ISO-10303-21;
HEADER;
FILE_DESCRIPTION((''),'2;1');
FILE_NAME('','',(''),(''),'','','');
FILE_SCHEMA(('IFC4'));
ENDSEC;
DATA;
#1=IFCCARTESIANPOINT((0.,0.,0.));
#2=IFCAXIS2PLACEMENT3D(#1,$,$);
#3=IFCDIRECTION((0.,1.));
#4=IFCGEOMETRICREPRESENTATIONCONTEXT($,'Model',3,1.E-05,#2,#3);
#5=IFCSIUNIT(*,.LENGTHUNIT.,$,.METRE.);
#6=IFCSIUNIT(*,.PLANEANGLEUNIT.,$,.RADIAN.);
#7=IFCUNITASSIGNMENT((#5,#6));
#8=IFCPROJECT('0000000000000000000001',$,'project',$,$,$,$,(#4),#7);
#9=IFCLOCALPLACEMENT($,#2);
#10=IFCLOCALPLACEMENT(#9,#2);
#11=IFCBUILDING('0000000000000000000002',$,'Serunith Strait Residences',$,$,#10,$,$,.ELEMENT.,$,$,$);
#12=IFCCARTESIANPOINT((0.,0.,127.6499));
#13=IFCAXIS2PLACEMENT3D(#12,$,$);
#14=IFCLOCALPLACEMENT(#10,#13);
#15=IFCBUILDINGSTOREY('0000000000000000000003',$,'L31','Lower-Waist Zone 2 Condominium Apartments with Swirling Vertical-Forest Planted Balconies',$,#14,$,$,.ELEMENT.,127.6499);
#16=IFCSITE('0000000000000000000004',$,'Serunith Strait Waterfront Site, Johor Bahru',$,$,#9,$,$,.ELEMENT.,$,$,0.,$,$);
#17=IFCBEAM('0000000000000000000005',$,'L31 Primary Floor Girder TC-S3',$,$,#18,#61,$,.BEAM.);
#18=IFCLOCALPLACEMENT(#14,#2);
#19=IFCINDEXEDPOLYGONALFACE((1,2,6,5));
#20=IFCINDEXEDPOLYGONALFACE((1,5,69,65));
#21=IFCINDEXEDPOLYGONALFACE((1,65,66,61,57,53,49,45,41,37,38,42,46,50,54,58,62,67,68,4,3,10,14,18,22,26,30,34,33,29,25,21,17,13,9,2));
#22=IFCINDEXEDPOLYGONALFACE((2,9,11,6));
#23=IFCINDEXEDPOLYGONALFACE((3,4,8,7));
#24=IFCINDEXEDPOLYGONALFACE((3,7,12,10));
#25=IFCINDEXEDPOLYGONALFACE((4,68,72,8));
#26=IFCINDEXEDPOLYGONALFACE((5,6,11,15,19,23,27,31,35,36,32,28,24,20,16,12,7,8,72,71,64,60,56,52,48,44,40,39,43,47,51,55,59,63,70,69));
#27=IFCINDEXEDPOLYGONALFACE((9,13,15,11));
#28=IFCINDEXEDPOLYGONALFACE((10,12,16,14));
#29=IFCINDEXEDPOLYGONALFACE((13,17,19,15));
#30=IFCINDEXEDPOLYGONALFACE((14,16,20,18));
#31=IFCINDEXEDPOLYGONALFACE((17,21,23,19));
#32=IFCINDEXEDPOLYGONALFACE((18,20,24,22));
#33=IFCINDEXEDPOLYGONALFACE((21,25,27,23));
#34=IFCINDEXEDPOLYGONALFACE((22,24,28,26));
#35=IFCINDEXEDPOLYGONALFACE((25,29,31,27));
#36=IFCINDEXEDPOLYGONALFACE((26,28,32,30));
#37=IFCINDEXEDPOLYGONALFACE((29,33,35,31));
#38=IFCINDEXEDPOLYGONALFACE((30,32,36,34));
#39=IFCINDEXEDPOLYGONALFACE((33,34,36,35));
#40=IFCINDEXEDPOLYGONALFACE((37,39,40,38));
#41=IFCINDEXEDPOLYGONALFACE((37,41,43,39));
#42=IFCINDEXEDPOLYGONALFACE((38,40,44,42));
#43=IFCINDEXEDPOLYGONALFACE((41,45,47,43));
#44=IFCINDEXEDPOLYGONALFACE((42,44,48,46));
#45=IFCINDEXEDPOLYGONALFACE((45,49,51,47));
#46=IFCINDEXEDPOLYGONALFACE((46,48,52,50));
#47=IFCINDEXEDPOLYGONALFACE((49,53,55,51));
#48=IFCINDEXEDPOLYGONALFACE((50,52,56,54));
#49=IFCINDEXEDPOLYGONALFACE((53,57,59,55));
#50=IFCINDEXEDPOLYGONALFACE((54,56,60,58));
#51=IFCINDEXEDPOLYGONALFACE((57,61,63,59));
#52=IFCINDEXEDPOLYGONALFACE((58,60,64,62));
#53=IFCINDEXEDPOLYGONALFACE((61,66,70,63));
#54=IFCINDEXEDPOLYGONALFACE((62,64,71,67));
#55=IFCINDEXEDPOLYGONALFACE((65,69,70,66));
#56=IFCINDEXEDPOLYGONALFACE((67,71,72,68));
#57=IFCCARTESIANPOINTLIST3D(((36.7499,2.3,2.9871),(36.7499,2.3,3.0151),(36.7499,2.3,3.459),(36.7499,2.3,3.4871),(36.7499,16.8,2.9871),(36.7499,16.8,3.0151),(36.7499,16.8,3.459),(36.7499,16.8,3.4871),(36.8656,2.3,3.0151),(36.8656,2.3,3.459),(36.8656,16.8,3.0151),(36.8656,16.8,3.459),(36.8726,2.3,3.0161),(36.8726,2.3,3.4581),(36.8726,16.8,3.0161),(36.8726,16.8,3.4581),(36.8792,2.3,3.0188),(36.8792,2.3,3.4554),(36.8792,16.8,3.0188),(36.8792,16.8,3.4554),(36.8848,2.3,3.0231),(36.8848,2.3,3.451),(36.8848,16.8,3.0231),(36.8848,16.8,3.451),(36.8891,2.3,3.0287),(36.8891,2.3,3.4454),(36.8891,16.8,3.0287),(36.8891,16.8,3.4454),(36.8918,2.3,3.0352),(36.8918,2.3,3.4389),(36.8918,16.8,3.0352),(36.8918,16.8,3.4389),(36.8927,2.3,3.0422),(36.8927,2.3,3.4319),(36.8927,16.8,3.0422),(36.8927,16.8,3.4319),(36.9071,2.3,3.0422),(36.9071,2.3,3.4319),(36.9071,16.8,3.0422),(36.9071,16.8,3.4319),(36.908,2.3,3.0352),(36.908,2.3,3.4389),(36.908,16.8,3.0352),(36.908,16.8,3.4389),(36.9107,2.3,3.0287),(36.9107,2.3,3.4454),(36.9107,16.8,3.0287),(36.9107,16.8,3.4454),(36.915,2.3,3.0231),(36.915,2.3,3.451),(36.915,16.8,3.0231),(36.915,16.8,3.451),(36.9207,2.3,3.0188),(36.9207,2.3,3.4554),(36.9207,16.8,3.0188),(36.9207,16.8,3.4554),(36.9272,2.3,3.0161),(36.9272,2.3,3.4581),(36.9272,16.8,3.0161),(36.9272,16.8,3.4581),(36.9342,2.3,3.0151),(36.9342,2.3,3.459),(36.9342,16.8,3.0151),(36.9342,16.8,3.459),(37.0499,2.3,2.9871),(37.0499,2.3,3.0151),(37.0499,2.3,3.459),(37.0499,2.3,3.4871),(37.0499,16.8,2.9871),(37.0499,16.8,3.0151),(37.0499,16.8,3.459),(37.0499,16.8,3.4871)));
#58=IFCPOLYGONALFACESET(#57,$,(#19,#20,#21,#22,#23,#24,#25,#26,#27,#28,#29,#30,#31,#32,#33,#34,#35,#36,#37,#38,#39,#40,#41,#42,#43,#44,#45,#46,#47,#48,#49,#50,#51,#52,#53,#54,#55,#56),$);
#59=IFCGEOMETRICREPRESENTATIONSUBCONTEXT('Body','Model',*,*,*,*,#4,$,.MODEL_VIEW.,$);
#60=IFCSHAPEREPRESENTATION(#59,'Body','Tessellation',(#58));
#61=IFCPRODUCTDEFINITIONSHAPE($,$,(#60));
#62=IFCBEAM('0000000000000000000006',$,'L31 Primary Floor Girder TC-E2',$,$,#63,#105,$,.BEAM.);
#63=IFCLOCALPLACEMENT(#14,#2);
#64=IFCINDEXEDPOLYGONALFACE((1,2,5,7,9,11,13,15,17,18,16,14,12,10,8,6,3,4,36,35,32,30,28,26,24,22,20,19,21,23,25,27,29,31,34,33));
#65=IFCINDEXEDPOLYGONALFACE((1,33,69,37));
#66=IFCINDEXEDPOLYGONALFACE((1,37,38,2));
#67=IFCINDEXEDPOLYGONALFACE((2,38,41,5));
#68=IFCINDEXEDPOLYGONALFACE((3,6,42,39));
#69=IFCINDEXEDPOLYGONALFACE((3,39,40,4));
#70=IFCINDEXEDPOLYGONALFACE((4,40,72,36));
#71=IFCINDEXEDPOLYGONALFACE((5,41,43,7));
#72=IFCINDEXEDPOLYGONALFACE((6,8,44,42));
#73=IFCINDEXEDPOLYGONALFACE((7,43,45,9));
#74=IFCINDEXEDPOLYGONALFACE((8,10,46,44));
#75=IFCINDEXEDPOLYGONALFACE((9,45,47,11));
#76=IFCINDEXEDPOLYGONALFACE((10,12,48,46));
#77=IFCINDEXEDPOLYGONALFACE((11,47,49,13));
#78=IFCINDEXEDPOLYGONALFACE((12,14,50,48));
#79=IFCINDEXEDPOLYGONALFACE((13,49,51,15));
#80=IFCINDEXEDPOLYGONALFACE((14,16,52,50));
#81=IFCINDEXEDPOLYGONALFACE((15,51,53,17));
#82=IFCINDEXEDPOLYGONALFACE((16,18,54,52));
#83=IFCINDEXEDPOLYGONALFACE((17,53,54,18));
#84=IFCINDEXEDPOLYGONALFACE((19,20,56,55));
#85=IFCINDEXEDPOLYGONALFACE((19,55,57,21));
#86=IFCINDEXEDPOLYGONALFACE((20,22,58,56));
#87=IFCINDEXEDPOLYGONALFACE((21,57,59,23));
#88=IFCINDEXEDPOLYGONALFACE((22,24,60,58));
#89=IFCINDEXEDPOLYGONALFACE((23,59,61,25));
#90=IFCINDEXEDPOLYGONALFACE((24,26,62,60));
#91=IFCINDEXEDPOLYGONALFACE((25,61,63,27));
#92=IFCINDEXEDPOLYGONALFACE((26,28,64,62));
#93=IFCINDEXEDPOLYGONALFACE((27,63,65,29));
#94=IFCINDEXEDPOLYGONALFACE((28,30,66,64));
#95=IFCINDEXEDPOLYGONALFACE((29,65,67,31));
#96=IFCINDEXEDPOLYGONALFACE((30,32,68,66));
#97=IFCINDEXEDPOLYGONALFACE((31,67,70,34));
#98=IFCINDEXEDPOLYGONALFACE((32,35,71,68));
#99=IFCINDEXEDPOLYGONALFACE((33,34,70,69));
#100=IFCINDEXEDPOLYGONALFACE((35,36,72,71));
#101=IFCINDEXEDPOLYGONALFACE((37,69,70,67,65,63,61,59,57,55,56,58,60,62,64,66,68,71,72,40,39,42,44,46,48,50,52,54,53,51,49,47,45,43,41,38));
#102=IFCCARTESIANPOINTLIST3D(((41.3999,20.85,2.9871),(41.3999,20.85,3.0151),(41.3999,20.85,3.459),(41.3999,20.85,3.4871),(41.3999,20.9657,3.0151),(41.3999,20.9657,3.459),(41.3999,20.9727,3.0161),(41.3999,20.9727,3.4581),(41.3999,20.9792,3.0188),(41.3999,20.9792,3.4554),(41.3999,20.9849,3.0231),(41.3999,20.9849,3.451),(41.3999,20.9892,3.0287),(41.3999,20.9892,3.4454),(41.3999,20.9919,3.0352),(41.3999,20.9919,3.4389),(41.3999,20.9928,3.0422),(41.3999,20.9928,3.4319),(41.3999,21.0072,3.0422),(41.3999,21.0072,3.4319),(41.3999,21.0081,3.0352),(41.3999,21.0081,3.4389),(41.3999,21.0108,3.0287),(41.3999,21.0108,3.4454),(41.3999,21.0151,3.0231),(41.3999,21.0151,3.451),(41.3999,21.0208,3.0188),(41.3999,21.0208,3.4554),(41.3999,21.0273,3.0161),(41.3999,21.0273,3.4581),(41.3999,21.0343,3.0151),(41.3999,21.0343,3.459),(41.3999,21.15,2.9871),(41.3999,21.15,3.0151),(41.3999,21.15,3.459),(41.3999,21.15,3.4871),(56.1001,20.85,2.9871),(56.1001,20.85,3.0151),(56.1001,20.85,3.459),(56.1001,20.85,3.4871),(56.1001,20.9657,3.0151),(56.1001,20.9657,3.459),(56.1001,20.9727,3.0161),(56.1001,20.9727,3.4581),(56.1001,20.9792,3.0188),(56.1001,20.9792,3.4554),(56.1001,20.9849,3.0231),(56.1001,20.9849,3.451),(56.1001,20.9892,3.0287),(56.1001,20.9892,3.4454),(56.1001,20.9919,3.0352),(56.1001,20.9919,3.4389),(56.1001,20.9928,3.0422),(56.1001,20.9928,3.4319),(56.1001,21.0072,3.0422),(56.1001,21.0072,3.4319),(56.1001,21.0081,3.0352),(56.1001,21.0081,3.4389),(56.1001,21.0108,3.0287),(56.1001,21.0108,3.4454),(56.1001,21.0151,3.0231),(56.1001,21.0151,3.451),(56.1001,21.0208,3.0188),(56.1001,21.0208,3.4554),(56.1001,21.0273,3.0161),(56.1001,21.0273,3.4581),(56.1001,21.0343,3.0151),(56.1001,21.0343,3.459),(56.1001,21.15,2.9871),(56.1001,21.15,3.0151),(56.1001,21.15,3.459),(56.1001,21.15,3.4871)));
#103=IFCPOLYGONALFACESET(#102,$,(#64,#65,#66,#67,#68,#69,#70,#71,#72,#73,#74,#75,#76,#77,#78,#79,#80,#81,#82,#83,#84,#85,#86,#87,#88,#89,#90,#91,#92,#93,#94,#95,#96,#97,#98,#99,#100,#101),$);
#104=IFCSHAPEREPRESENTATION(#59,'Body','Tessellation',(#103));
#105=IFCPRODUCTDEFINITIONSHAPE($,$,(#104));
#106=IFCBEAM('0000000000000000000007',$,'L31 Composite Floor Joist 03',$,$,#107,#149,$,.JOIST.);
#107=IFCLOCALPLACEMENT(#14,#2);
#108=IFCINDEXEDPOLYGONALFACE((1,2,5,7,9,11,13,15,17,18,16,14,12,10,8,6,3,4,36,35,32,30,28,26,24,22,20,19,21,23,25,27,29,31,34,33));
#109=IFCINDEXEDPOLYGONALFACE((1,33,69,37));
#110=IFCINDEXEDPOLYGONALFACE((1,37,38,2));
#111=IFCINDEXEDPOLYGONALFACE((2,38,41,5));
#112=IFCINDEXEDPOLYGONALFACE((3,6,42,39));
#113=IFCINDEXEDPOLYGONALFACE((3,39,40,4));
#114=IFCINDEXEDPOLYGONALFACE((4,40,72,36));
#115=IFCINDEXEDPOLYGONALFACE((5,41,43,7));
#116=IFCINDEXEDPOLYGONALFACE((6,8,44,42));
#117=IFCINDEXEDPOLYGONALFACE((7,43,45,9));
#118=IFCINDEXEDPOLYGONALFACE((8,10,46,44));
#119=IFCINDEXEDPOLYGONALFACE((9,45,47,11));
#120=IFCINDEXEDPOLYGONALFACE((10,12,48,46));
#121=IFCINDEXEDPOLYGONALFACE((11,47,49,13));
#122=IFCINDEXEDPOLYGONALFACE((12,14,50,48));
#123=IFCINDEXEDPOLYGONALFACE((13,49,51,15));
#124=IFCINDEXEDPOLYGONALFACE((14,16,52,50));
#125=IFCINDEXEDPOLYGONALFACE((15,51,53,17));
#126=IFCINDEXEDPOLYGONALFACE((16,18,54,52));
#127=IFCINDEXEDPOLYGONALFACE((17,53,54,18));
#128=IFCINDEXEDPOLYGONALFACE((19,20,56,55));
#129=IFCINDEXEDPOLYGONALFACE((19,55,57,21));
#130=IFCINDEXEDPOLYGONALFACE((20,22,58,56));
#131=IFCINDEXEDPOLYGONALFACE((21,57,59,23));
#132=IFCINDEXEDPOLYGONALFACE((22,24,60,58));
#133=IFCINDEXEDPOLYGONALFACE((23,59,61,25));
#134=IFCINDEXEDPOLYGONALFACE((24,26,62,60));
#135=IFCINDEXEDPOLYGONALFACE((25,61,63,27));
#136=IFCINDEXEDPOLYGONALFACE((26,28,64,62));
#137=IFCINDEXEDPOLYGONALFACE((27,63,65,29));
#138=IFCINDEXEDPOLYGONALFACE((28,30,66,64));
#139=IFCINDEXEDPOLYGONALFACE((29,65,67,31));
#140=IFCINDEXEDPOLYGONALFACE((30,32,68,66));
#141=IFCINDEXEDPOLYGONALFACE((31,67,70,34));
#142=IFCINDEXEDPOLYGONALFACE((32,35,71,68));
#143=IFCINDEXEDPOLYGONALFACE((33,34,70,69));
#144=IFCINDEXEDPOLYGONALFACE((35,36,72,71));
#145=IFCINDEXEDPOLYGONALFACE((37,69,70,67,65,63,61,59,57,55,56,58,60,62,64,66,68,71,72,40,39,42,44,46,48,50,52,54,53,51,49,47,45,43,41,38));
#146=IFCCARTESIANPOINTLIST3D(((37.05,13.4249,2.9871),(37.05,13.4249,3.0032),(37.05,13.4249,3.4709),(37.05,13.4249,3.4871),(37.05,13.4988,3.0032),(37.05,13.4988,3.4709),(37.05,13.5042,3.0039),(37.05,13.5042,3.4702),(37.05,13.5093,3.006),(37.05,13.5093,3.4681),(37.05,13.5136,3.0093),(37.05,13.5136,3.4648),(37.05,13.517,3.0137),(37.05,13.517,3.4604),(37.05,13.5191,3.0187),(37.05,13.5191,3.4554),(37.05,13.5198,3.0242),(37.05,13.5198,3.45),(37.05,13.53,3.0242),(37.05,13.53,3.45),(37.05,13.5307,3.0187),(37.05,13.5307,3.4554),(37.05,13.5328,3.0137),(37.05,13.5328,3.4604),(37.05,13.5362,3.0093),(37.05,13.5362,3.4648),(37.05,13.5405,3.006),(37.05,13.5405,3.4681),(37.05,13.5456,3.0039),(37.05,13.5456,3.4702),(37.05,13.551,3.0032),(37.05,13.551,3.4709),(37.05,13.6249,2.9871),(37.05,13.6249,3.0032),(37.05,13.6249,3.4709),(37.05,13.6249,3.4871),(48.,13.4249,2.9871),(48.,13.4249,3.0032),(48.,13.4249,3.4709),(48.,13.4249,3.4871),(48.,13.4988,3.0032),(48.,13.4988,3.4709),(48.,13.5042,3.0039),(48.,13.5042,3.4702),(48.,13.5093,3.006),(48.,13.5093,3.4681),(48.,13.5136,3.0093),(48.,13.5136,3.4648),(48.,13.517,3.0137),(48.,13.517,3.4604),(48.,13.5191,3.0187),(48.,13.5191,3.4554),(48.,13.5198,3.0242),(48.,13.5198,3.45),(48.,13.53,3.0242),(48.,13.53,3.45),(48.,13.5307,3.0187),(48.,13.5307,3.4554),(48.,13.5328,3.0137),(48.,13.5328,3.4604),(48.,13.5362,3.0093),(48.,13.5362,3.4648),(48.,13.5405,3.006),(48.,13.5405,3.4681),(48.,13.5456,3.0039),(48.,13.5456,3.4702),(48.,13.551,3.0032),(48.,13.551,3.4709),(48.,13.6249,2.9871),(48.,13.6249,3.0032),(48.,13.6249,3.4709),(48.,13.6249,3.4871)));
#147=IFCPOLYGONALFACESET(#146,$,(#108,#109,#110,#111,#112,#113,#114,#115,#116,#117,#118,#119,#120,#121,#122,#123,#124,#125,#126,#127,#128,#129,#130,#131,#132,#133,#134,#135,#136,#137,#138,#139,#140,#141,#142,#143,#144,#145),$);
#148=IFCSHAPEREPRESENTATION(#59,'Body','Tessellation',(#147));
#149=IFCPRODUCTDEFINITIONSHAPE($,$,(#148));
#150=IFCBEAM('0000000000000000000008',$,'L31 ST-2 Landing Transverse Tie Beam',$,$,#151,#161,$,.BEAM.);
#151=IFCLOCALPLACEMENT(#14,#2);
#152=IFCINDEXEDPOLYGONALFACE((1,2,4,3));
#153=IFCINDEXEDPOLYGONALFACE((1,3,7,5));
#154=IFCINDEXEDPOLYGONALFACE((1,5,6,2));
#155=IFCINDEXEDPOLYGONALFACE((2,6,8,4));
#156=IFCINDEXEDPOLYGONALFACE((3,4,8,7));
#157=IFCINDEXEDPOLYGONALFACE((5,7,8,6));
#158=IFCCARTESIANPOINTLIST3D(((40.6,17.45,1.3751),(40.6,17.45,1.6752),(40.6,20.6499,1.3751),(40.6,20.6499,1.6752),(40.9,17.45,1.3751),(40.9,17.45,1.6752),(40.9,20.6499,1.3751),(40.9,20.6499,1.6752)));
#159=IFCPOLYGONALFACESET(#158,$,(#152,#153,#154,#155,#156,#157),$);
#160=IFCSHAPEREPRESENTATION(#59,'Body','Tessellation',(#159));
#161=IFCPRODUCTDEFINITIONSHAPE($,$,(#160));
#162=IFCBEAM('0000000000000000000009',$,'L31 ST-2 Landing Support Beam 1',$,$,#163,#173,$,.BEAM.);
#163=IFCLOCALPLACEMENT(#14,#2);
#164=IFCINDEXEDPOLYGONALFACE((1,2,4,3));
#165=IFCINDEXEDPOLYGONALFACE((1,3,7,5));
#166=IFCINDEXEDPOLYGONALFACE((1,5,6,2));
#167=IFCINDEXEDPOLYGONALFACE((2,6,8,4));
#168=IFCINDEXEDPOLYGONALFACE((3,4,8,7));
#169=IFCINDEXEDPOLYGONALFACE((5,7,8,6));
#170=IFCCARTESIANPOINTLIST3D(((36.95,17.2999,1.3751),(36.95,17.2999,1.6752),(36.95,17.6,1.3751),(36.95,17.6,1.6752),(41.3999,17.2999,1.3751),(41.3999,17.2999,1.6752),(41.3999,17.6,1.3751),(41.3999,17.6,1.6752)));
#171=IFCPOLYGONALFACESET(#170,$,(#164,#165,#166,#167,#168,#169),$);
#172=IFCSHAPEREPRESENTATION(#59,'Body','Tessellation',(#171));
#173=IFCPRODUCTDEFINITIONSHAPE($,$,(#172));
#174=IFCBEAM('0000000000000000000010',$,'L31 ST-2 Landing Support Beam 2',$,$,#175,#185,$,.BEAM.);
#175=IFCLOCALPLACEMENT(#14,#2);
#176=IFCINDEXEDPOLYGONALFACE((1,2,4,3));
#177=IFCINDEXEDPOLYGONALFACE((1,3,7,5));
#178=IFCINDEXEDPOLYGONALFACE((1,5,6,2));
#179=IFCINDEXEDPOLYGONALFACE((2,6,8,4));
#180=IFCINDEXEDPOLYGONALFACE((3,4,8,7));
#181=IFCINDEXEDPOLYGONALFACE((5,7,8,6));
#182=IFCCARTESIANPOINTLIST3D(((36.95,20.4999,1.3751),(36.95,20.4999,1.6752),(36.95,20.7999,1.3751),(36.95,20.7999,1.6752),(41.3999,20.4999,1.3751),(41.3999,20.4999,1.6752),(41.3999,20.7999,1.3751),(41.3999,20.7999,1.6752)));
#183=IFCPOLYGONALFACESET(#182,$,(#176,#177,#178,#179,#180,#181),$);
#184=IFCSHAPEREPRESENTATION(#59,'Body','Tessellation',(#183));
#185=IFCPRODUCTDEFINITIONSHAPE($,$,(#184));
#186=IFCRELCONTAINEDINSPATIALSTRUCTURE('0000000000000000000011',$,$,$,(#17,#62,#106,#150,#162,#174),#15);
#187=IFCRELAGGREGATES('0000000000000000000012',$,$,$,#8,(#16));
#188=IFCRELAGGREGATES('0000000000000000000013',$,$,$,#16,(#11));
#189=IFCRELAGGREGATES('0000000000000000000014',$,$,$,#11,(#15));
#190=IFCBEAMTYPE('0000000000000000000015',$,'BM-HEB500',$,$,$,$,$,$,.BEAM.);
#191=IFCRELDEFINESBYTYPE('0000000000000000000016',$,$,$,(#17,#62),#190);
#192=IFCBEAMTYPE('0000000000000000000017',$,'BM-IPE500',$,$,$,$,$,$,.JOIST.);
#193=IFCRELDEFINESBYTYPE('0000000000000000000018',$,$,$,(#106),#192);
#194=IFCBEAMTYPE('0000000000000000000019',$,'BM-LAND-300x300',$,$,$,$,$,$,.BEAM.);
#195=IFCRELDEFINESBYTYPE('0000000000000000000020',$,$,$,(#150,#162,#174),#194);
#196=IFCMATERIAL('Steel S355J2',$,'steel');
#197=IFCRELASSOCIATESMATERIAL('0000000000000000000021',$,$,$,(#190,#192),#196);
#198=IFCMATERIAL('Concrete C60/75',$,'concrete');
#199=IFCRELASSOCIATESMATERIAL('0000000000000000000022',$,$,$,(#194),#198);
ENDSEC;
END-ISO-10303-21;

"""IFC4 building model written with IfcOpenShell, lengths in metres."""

from ifc_helpers import new_model, si_unit, direction, frame, origin, origin_2d, place, context, subcontext, project, spatial, rectangle, i_section, extrude, source, transform, mapped, material, material_profile, profile_set, type_object, element, save


model = new_model("IFC4")

# Units and contexts
model_context = context("Model", 3, precision=1e-05, world=origin(), true_north=direction((0.0, 1.0)))
body_context = subcontext(model_context, "Body", "Model", "MODEL_VIEW")
ifc_project = project(units=[si_unit("LENGTHUNIT", "METRE"), si_unit("PLANEANGLEUNIT", "RADIAN")], contexts=[model_context])

# Site, building, storey
site_placement = place(None, origin())
site = spatial("IfcSite", under=ifc_project, at=site_placement, Name="Serunith Strait Waterfront Site, Johor Bahru", CompositionType="ELEMENT", RefElevation=0.0)
building_placement = place(site_placement, origin())
building = spatial("IfcBuilding", under=site, at=building_placement, Name="Serunith Strait Residences", CompositionType="ELEMENT")
storey_placement = place(building_placement, frame((0.0, 0.0, 127.6499)))
storey = spatial("IfcBuildingStorey", under=building, at=storey_placement, Name="L31", Description="Lower-Waist Zone 2 Condominium Apartments with Swirling Vertical-Forest Planted Balconies", CompositionType="ELEMENT", Elevation=127.6499)

# Beams
ifc_material_1 = material(Name="Steel S355J2", Category="steel")
ifc_material_profile_1 = material_profile(ifc_material_1, i_section(OverallWidth=0.3, OverallDepth=0.5, WebThickness=0.0144, FlangeThickness=0.0281, FilletRadius=0.0271, at=origin_2d()), Name="HEB 500")
ifc_profile_set_1 = profile_set([ifc_material_profile_1], Name="Steel S355J2")
beam_type_1 = type_object("IfcBeamType", Name="BM-HEB500", PredefinedType="BEAM", material=ifc_profile_set_1)
shared_shape_1 = source(origin(), body_context, "Body", "SweptSolid", [
    extrude(i_section(OverallWidth=0.3, OverallDepth=0.5, WebThickness=0.0144, FlangeThickness=0.0281, FilletRadius=0.0271, at=origin_2d()), origin(), (0.0, 0.0, 1.0), 14.5),
])
beam_1_placement = place(storey_placement, frame((36.8999, 16.8, 3.2371), z_axis=(0.0, -1.0, 0.0), x_axis=(1.0, 0.0, 0.0)))
element("IfcBeam", 1, at=beam_1_placement, inside=storey, type_object=beam_type_1, Name="L31 Primary Floor Girder TC-S3", PredefinedType="BEAM", context=body_context, shape_type="MappedRepresentation", body=[
    mapped(shared_shape_1, transform((0.0, 0.0, 0.0), scale=1.0)),
])
shared_shape_2 = source(origin(), body_context, "Body", "SweptSolid", [
    extrude(i_section(OverallWidth=0.3, OverallDepth=0.5, WebThickness=0.0144, FlangeThickness=0.0281, FilletRadius=0.0271, at=origin_2d()), origin(), (0.0, 0.0, 1.0), 14.7002),
])
beam_2_placement = place(storey_placement, frame((41.3999, 21.0, 3.2371), z_axis=(1.0, 0.0, 0.0), x_axis=(0.0, 1.0, 0.0)))
element("IfcBeam", 2, at=beam_2_placement, inside=storey, type_object=beam_type_1, Name="L31 Primary Floor Girder TC-E2", PredefinedType="BEAM", context=body_context, shape_type="MappedRepresentation", body=[
    mapped(shared_shape_2, transform((0.0, 0.0, 0.0), scale=1.0)),
])
ifc_material_profile_2 = material_profile(ifc_material_1, i_section(OverallWidth=0.2, OverallDepth=0.5, WebThickness=0.0103, FlangeThickness=0.0161, FilletRadius=0.021, at=origin_2d()), Name="IPE 500")
ifc_profile_set_2 = profile_set([ifc_material_profile_2], Name="Steel S355J2")
beam_type_2 = type_object("IfcBeamType", Name="BM-IPE500", PredefinedType="JOIST", material=ifc_profile_set_2)
shared_shape_3 = source(origin(), body_context, "Body", "SweptSolid", [
    extrude(i_section(OverallWidth=0.2, OverallDepth=0.5, WebThickness=0.0103, FlangeThickness=0.0161, FilletRadius=0.021, at=origin_2d()), origin(), (0.0, 0.0, 1.0), 10.95),
])
beam_3_placement = place(storey_placement, frame((37.05, 13.5249, 3.2371), z_axis=(1.0, 0.0, 0.0), x_axis=(0.0, 1.0, 0.0)))
element("IfcBeam", 3, at=beam_3_placement, inside=storey, type_object=beam_type_2, Name="L31 Composite Floor Joist 03", PredefinedType="JOIST", context=body_context, shape_type="MappedRepresentation", body=[
    mapped(shared_shape_3, transform((0.0, 0.0, 0.0), scale=1.0)),
])
ifc_material_2 = material(Name="Concrete C60/75", Category="concrete")
ifc_material_profile_3 = material_profile(ifc_material_2, rectangle(XDim=0.3, YDim=0.3, at=origin_2d()), Name="RC 300x300")
ifc_profile_set_3 = profile_set([ifc_material_profile_3], Name="Concrete C60/75")
beam_type_3 = type_object("IfcBeamType", Name="BM-LAND-300x300", PredefinedType="BEAM", material=ifc_profile_set_3)
shared_shape_4 = source(origin(), body_context, "Body", "SweptSolid", [
    extrude(rectangle(XDim=0.3, YDim=0.3, at=origin_2d()), origin(), (0.0, 0.0, 1.0), 3.2),
])
beam_4_placement = place(storey_placement, frame((40.75, 17.45, 1.5251), z_axis=(0.0, 1.0, 0.0), x_axis=(-1.0, 0.0, 0.0)))
element("IfcBeam", 4, at=beam_4_placement, inside=storey, type_object=beam_type_3, Name="L31 ST-2 Landing Transverse Tie Beam", PredefinedType="BEAM", context=body_context, shape_type="MappedRepresentation", body=[
    mapped(shared_shape_4, transform((0.0, 0.0, 0.0), scale=1.0)),
])
shared_shape_5 = source(origin(), body_context, "Body", "SweptSolid", [
    extrude(rectangle(XDim=0.3, YDim=0.3, at=origin_2d()), origin(), (0.0, 0.0, 1.0), 4.45),
])
for number, where, z_axis, x_axis, name in (
    (5, (36.95, 17.45, 1.5251), (1.0, 0.0, 0.0), (0.0, 1.0, 0.0), "L31 ST-2 Landing Support Beam 1"),
    (6, (36.95, 20.6499, 1.5251), (1.0, 0.0, 0.0), (0.0, 1.0, 0.0), "L31 ST-2 Landing Support Beam 2"),
):
    element("IfcBeam", number, at=place(storey_placement, frame(where, z_axis=z_axis, x_axis=x_axis)), inside=storey, type_object=beam_type_3, Name=name, PredefinedType="BEAM", context=body_context, shape_type="MappedRepresentation", body=[
        mapped(shared_shape_5, transform((0.0, 0.0, 0.0), scale=1.0)),
    ])

save(model, "model.ifc")
